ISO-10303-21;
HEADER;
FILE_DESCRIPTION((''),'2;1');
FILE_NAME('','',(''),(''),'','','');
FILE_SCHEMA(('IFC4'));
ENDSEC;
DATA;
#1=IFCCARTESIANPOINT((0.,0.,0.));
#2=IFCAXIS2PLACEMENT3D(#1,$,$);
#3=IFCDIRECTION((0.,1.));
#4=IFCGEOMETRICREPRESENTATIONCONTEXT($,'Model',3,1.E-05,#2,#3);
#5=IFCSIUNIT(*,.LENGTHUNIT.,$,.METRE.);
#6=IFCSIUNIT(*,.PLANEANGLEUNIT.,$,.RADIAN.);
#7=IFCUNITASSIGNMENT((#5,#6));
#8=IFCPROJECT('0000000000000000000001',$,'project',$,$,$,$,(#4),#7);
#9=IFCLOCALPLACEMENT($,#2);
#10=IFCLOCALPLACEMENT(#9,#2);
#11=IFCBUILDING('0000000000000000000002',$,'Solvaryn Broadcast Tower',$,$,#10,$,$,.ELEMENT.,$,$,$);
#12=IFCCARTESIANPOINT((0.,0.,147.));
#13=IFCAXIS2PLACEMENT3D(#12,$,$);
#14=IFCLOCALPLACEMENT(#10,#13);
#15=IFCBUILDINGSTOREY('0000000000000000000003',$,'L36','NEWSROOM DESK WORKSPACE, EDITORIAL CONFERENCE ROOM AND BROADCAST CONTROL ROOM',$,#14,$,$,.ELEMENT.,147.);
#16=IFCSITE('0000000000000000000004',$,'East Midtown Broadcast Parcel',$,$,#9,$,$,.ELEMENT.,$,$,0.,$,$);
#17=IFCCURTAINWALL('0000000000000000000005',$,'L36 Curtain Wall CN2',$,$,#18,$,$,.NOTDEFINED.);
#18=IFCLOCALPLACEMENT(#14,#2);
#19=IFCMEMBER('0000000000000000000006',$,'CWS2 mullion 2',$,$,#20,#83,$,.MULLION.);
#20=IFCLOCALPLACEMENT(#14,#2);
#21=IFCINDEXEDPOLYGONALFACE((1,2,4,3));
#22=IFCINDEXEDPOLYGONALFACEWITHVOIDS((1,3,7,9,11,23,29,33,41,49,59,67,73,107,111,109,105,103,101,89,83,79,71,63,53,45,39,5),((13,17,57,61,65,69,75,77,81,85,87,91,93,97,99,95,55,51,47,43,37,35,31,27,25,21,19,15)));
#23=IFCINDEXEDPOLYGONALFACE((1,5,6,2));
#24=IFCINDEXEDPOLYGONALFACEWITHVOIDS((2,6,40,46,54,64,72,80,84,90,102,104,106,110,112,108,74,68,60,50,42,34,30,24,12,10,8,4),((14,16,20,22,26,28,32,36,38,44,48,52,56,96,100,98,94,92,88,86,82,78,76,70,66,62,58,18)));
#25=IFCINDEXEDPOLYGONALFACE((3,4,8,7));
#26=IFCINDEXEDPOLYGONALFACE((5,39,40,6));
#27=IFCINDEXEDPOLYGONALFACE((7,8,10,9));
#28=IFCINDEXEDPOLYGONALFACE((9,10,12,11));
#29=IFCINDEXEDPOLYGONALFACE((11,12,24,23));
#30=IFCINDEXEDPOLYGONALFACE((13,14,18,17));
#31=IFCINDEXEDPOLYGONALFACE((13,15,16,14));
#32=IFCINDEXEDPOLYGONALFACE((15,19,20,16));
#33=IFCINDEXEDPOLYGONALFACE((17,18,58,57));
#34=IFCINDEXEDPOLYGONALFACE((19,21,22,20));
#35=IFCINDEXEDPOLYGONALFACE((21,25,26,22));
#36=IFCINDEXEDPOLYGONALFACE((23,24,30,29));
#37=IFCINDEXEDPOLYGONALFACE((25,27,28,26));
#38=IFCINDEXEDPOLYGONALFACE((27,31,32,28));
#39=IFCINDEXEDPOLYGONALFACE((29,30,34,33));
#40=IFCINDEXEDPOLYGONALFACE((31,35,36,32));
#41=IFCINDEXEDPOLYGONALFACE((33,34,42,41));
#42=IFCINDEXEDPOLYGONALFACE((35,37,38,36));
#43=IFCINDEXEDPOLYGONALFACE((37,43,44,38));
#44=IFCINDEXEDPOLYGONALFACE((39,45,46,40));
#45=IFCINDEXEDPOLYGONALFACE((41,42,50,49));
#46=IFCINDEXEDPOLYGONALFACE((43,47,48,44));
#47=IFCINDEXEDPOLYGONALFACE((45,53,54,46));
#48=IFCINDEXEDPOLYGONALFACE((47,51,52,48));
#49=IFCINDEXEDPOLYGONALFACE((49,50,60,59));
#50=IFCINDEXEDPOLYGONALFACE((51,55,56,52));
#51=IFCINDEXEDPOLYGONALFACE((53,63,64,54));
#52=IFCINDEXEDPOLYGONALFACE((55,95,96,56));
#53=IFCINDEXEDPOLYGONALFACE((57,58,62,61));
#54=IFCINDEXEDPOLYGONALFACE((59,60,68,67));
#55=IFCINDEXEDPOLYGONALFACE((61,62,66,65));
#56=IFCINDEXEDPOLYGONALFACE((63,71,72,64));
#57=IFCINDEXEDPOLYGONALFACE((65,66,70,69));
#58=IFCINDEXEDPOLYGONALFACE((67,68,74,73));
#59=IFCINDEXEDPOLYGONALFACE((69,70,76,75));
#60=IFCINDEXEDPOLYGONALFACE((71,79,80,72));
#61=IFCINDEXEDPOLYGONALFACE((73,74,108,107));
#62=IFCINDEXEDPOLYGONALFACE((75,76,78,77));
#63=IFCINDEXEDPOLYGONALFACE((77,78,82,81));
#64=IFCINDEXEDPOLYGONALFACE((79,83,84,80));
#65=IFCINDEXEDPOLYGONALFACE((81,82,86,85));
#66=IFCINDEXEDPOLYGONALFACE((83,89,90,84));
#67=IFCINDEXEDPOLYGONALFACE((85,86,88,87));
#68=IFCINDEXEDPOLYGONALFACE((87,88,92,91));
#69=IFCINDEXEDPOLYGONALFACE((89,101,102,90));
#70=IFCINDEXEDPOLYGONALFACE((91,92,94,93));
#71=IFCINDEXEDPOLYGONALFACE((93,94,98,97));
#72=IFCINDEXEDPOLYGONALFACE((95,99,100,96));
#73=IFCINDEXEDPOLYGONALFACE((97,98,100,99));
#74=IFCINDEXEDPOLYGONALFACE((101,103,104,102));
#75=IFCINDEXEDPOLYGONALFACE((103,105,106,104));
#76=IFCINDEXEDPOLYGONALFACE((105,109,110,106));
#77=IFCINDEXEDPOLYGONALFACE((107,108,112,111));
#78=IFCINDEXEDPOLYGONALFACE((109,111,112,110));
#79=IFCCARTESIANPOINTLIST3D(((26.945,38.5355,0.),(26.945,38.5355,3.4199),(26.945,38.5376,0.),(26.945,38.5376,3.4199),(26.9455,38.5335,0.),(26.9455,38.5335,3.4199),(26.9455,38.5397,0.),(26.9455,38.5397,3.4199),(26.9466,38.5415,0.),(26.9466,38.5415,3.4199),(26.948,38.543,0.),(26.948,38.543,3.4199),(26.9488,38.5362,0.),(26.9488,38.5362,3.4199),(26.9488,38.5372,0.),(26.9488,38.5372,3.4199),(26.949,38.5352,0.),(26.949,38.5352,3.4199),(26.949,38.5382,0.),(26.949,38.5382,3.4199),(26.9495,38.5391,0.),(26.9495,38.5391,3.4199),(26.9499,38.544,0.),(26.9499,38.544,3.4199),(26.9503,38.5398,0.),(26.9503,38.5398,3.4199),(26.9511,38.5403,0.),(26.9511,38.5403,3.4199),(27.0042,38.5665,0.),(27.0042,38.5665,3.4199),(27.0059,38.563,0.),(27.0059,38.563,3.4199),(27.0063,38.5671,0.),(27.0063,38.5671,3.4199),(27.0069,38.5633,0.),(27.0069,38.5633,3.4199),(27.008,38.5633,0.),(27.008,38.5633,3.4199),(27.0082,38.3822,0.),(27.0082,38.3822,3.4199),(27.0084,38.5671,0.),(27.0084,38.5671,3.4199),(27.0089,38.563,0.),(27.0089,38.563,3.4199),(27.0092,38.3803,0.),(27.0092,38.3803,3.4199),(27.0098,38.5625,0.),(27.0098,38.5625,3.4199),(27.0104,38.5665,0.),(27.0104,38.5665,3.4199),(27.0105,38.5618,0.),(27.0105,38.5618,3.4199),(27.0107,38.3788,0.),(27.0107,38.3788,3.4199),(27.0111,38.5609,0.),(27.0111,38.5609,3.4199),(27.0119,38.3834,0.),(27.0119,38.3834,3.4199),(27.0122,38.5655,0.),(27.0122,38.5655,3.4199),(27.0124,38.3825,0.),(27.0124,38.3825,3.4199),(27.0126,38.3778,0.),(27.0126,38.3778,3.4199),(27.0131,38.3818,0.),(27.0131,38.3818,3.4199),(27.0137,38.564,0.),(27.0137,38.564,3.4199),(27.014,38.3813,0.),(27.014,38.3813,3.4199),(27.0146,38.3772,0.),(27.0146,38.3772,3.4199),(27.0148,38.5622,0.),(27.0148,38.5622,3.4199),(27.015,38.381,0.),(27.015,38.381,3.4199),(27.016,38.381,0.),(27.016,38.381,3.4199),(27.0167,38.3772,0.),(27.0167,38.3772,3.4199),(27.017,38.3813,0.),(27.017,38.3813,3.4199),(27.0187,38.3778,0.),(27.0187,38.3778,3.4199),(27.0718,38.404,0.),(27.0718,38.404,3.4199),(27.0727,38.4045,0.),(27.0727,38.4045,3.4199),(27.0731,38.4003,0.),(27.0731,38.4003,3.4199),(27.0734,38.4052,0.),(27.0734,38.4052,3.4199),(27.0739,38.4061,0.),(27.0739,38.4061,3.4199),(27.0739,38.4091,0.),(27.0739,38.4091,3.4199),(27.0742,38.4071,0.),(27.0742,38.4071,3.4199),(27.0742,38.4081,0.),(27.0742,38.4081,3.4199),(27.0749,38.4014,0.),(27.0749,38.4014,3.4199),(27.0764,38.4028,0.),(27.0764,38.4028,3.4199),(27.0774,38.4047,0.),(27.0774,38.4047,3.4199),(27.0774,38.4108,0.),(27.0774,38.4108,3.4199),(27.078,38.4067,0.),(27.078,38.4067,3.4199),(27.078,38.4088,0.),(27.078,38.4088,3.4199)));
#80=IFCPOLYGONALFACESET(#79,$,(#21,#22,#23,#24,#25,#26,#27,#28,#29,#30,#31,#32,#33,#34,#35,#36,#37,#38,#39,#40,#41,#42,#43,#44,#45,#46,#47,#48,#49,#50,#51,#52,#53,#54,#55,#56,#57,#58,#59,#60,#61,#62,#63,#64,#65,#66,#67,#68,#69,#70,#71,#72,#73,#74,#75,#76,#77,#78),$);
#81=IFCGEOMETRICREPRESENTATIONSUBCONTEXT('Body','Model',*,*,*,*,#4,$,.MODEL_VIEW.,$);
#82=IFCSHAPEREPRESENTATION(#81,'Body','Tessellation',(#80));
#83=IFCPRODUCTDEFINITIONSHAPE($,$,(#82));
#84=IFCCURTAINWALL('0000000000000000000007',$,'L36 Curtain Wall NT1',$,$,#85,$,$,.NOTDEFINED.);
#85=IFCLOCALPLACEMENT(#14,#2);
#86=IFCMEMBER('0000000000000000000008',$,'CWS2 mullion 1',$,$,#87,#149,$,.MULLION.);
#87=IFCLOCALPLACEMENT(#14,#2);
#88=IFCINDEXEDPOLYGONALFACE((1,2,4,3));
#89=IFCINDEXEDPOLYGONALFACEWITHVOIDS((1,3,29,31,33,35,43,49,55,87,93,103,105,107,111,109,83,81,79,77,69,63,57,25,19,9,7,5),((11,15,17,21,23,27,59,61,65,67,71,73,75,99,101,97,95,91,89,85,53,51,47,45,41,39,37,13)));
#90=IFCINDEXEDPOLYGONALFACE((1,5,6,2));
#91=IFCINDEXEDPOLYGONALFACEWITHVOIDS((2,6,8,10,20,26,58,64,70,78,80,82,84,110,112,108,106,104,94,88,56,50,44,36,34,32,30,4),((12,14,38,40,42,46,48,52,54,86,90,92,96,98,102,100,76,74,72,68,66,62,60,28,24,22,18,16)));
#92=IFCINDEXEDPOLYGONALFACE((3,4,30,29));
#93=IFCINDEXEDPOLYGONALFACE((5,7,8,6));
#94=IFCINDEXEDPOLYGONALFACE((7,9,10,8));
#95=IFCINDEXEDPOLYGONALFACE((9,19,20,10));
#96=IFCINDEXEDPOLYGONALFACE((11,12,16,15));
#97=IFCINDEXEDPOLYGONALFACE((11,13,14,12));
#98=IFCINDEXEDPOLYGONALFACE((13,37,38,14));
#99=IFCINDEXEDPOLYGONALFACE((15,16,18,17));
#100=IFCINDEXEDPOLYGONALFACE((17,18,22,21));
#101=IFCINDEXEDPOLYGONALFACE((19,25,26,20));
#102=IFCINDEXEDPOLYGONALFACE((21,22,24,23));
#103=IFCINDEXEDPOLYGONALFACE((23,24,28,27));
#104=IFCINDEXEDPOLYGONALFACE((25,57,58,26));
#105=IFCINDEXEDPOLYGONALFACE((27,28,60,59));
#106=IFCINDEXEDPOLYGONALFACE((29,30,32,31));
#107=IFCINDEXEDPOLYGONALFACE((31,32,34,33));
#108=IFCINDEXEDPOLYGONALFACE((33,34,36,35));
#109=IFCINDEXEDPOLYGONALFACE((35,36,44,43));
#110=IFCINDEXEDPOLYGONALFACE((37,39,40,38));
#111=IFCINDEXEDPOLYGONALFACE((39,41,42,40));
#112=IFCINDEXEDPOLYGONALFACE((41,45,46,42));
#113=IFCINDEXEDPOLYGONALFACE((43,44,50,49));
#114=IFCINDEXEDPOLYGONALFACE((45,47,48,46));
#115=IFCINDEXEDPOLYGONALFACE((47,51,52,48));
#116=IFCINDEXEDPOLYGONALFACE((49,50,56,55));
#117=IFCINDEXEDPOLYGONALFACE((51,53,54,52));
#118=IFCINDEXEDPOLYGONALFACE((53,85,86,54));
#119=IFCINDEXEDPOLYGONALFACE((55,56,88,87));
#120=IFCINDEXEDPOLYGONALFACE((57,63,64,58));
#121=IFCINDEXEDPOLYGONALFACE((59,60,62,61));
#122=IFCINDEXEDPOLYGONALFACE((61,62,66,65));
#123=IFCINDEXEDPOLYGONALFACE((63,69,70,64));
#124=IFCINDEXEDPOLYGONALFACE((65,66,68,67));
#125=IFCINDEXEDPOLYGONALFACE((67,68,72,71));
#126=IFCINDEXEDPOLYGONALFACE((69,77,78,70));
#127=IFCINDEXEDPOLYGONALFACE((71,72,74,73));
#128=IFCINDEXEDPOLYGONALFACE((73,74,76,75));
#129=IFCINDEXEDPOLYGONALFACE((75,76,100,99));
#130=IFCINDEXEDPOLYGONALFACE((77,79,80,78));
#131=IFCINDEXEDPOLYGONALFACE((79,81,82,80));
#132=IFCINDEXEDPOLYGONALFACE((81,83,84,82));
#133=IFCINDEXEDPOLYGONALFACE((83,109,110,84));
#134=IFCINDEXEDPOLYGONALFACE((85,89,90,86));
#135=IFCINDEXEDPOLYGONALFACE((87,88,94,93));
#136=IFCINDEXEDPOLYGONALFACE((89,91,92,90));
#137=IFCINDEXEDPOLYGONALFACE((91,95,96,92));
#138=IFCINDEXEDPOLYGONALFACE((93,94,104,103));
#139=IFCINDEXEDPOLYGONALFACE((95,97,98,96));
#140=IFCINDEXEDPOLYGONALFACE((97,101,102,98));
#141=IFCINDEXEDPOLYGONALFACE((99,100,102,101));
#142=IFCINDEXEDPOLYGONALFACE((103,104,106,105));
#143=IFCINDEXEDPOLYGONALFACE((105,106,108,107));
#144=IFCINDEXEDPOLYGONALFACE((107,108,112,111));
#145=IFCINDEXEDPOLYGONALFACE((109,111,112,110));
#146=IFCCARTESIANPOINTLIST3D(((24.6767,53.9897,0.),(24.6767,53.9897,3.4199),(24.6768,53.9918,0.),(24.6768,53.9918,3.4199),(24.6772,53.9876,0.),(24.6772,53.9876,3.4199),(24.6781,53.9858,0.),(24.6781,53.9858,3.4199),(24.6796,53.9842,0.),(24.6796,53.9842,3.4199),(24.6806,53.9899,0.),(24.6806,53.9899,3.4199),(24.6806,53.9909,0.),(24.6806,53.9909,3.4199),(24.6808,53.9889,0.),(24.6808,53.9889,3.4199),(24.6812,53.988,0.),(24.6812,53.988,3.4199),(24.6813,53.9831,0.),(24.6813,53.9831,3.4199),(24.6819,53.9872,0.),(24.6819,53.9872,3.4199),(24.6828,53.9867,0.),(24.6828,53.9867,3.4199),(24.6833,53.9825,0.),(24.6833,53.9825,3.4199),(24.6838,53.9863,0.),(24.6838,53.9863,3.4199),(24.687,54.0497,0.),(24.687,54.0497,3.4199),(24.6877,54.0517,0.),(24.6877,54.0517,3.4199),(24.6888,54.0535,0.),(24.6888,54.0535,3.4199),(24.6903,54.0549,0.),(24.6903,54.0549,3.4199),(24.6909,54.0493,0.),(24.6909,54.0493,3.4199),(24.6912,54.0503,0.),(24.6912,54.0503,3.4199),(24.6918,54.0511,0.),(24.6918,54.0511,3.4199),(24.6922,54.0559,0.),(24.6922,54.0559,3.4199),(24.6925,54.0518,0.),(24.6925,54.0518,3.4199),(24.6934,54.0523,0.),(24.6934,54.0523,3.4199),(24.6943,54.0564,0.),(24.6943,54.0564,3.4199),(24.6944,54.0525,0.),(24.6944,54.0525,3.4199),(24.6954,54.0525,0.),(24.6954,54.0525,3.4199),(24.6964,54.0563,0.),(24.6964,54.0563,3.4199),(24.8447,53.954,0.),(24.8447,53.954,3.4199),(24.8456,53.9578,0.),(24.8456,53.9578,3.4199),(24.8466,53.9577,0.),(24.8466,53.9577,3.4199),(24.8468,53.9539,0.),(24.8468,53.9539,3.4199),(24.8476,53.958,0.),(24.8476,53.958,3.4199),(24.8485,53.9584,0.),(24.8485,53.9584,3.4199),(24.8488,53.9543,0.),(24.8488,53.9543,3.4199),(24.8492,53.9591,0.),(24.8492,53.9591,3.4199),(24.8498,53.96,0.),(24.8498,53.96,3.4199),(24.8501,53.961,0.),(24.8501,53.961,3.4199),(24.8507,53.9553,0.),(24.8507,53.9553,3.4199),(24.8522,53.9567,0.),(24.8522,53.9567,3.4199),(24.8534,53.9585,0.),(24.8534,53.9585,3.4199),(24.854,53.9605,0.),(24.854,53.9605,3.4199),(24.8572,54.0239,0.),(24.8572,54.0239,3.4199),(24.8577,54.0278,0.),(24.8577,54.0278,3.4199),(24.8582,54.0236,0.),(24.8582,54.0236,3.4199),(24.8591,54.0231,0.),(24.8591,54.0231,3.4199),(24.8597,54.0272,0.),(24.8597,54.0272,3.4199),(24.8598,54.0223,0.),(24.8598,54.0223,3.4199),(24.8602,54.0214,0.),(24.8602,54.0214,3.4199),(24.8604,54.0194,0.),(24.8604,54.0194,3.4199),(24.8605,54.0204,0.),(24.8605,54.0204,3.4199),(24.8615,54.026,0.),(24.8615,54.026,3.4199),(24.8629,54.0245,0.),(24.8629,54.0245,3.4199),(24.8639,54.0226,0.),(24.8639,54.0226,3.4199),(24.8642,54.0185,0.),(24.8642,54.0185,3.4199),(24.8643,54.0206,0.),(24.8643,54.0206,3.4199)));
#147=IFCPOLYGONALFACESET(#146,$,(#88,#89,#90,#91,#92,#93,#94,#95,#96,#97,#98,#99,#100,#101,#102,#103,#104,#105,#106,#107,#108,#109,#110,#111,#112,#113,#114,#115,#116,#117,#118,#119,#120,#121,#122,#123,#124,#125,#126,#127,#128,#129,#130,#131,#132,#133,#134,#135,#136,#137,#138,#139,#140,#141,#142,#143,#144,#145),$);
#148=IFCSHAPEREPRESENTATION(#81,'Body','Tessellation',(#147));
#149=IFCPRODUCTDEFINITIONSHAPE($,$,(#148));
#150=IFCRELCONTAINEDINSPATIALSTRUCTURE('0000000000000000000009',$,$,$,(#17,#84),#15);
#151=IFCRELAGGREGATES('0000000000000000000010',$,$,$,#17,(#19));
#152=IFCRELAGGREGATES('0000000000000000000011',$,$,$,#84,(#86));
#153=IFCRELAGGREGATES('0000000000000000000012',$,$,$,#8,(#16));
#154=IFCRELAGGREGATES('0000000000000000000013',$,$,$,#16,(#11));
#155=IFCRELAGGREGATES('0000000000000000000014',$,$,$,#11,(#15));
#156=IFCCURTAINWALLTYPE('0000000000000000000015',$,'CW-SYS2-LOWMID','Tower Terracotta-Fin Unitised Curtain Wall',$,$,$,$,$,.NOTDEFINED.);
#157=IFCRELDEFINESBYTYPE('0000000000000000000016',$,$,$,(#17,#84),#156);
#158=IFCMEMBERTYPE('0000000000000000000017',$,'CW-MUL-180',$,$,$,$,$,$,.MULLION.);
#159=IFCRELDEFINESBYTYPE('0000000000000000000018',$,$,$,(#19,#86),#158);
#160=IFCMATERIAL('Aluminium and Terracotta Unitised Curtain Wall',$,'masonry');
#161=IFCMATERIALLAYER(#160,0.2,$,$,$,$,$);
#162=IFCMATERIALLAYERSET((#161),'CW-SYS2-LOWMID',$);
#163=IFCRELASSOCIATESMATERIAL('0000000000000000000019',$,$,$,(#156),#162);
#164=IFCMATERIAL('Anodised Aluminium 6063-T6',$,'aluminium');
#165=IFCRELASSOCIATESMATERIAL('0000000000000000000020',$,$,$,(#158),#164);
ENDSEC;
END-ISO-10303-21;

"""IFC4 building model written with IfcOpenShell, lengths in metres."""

from ifc_helpers import new_model, si_unit, direction, frame, origin, origin_2d, place, context, subcontext, project, spatial, hollow_rectangle, extrude, material, layer, layer_set, material_profile, profile_set, type_object, element, aggregate, save


model = new_model("IFC4")

# Units and contexts
model_context = context("Model", 3, precision=1e-05, world=origin(), true_north=direction((0.0, 1.0)))
body_context = subcontext(model_context, "Body", "Model", "MODEL_VIEW")
ifc_project = project(units=[si_unit("LENGTHUNIT", "METRE"), si_unit("PLANEANGLEUNIT", "RADIAN")], contexts=[model_context])

# Site, building, storey
site_placement = place(None, origin())
site = spatial("IfcSite", under=ifc_project, at=site_placement, Name="East Midtown Broadcast Parcel", CompositionType="ELEMENT", RefElevation=0.0)
building_placement = place(site_placement, origin())
building = spatial("IfcBuilding", under=site, at=building_placement, Name="Solvaryn Broadcast Tower", CompositionType="ELEMENT")
storey_placement = place(building_placement, frame((0.0, 0.0, 147.0)))
storey = spatial("IfcBuildingStorey", under=building, at=storey_placement, Name="L36", Description="NEWSROOM DESK WORKSPACE, EDITORIAL CONFERENCE ROOM AND BROADCAST CONTROL ROOM", CompositionType="ELEMENT", Elevation=147.0)

# Shared definitions
ifc_material_1 = material(Name="Aluminium and Terracotta Unitised Curtain Wall", Category="masonry")
ifc_layer_1 = layer(ifc_material_1, 0.2)
ifc_layer_set_1 = layer_set([ifc_layer_1], Name="CW-SYS2-LOWMID")
curtain_wall_type = type_object("IfcCurtainWallType", Name="CW-SYS2-LOWMID", Description="Tower Terracotta-Fin Unitised Curtain Wall", PredefinedType="NOTDEFINED", material=ifc_layer_set_1)
ifc_material_2 = material(Name="Anodised Aluminium 6063-T6", Category="aluminium")
ifc_material_profile_1 = material_profile(ifc_material_2, hollow_rectangle(XDim=0.075, YDim=0.1799, WallThickness=0.0039, InnerFilletRadius=0.0039, OuterFilletRadius=0.0081, at=origin_2d()))
ifc_profile_set_1 = profile_set([ifc_material_profile_1], Name="Anodised Aluminium 6063-T6")
member_type_1 = type_object("IfcMemberType", Name="CW-MUL-180", PredefinedType="MULLION", material=ifc_profile_set_1)

# Curtain walls, members
curtain_wall_1_placement = place(storey_placement, origin())
curtain_wall_1 = element("IfcCurtainWall", 1, at=curtain_wall_1_placement, inside=storey, type_object=curtain_wall_type, Name="L36 Curtain Wall CN2", PredefinedType="NOTDEFINED")
member_1_placement = place(storey_placement, frame((27.0115, 38.4722, 0.0), z_axis=(0.0, 0.0, 1.0), x_axis=(-0.923895, -0.382646, 0.0)))
member_1 = element("IfcMember", 2, at=member_1_placement, type_object=member_type_1, Name="CWS2 mullion 2", PredefinedType="MULLION", context=body_context, shape_type="SweptSolid", body=[
    extrude(hollow_rectangle(XDim=0.075, YDim=0.1799, WallThickness=0.0039, InnerFilletRadius=0.0039, OuterFilletRadius=0.0081, at=origin_2d()), origin(), (0.0, 0.0, 1.0), 3.4199),
])
aggregate(curtain_wall_1, [member_1])
curtain_wall_2_placement = place(storey_placement, origin())
curtain_wall_2 = element("IfcCurtainWall", 3, at=curtain_wall_2_placement, inside=storey, type_object=curtain_wall_type, Name="L36 Curtain Wall NT1", PredefinedType="NOTDEFINED")
member_2_placement = place(storey_placement, frame((24.7705, 54.0051, 0.0), z_axis=(0.0, 0.0, 1.0), x_axis=(-0.173785, -0.984784, 0.0)))
member_2 = element("IfcMember", 4, at=member_2_placement, type_object=member_type_1, Name="CWS2 mullion 1", PredefinedType="MULLION", context=body_context, shape_type="SweptSolid", body=[
    extrude(hollow_rectangle(XDim=0.075, YDim=0.1799, WallThickness=0.0039, InnerFilletRadius=0.0039, OuterFilletRadius=0.0081, at=origin_2d()), origin(), (0.0, 0.0, 1.0), 3.4199),
])

aggregate(curtain_wall_2, [member_2])

save(model, "model.ifc")
